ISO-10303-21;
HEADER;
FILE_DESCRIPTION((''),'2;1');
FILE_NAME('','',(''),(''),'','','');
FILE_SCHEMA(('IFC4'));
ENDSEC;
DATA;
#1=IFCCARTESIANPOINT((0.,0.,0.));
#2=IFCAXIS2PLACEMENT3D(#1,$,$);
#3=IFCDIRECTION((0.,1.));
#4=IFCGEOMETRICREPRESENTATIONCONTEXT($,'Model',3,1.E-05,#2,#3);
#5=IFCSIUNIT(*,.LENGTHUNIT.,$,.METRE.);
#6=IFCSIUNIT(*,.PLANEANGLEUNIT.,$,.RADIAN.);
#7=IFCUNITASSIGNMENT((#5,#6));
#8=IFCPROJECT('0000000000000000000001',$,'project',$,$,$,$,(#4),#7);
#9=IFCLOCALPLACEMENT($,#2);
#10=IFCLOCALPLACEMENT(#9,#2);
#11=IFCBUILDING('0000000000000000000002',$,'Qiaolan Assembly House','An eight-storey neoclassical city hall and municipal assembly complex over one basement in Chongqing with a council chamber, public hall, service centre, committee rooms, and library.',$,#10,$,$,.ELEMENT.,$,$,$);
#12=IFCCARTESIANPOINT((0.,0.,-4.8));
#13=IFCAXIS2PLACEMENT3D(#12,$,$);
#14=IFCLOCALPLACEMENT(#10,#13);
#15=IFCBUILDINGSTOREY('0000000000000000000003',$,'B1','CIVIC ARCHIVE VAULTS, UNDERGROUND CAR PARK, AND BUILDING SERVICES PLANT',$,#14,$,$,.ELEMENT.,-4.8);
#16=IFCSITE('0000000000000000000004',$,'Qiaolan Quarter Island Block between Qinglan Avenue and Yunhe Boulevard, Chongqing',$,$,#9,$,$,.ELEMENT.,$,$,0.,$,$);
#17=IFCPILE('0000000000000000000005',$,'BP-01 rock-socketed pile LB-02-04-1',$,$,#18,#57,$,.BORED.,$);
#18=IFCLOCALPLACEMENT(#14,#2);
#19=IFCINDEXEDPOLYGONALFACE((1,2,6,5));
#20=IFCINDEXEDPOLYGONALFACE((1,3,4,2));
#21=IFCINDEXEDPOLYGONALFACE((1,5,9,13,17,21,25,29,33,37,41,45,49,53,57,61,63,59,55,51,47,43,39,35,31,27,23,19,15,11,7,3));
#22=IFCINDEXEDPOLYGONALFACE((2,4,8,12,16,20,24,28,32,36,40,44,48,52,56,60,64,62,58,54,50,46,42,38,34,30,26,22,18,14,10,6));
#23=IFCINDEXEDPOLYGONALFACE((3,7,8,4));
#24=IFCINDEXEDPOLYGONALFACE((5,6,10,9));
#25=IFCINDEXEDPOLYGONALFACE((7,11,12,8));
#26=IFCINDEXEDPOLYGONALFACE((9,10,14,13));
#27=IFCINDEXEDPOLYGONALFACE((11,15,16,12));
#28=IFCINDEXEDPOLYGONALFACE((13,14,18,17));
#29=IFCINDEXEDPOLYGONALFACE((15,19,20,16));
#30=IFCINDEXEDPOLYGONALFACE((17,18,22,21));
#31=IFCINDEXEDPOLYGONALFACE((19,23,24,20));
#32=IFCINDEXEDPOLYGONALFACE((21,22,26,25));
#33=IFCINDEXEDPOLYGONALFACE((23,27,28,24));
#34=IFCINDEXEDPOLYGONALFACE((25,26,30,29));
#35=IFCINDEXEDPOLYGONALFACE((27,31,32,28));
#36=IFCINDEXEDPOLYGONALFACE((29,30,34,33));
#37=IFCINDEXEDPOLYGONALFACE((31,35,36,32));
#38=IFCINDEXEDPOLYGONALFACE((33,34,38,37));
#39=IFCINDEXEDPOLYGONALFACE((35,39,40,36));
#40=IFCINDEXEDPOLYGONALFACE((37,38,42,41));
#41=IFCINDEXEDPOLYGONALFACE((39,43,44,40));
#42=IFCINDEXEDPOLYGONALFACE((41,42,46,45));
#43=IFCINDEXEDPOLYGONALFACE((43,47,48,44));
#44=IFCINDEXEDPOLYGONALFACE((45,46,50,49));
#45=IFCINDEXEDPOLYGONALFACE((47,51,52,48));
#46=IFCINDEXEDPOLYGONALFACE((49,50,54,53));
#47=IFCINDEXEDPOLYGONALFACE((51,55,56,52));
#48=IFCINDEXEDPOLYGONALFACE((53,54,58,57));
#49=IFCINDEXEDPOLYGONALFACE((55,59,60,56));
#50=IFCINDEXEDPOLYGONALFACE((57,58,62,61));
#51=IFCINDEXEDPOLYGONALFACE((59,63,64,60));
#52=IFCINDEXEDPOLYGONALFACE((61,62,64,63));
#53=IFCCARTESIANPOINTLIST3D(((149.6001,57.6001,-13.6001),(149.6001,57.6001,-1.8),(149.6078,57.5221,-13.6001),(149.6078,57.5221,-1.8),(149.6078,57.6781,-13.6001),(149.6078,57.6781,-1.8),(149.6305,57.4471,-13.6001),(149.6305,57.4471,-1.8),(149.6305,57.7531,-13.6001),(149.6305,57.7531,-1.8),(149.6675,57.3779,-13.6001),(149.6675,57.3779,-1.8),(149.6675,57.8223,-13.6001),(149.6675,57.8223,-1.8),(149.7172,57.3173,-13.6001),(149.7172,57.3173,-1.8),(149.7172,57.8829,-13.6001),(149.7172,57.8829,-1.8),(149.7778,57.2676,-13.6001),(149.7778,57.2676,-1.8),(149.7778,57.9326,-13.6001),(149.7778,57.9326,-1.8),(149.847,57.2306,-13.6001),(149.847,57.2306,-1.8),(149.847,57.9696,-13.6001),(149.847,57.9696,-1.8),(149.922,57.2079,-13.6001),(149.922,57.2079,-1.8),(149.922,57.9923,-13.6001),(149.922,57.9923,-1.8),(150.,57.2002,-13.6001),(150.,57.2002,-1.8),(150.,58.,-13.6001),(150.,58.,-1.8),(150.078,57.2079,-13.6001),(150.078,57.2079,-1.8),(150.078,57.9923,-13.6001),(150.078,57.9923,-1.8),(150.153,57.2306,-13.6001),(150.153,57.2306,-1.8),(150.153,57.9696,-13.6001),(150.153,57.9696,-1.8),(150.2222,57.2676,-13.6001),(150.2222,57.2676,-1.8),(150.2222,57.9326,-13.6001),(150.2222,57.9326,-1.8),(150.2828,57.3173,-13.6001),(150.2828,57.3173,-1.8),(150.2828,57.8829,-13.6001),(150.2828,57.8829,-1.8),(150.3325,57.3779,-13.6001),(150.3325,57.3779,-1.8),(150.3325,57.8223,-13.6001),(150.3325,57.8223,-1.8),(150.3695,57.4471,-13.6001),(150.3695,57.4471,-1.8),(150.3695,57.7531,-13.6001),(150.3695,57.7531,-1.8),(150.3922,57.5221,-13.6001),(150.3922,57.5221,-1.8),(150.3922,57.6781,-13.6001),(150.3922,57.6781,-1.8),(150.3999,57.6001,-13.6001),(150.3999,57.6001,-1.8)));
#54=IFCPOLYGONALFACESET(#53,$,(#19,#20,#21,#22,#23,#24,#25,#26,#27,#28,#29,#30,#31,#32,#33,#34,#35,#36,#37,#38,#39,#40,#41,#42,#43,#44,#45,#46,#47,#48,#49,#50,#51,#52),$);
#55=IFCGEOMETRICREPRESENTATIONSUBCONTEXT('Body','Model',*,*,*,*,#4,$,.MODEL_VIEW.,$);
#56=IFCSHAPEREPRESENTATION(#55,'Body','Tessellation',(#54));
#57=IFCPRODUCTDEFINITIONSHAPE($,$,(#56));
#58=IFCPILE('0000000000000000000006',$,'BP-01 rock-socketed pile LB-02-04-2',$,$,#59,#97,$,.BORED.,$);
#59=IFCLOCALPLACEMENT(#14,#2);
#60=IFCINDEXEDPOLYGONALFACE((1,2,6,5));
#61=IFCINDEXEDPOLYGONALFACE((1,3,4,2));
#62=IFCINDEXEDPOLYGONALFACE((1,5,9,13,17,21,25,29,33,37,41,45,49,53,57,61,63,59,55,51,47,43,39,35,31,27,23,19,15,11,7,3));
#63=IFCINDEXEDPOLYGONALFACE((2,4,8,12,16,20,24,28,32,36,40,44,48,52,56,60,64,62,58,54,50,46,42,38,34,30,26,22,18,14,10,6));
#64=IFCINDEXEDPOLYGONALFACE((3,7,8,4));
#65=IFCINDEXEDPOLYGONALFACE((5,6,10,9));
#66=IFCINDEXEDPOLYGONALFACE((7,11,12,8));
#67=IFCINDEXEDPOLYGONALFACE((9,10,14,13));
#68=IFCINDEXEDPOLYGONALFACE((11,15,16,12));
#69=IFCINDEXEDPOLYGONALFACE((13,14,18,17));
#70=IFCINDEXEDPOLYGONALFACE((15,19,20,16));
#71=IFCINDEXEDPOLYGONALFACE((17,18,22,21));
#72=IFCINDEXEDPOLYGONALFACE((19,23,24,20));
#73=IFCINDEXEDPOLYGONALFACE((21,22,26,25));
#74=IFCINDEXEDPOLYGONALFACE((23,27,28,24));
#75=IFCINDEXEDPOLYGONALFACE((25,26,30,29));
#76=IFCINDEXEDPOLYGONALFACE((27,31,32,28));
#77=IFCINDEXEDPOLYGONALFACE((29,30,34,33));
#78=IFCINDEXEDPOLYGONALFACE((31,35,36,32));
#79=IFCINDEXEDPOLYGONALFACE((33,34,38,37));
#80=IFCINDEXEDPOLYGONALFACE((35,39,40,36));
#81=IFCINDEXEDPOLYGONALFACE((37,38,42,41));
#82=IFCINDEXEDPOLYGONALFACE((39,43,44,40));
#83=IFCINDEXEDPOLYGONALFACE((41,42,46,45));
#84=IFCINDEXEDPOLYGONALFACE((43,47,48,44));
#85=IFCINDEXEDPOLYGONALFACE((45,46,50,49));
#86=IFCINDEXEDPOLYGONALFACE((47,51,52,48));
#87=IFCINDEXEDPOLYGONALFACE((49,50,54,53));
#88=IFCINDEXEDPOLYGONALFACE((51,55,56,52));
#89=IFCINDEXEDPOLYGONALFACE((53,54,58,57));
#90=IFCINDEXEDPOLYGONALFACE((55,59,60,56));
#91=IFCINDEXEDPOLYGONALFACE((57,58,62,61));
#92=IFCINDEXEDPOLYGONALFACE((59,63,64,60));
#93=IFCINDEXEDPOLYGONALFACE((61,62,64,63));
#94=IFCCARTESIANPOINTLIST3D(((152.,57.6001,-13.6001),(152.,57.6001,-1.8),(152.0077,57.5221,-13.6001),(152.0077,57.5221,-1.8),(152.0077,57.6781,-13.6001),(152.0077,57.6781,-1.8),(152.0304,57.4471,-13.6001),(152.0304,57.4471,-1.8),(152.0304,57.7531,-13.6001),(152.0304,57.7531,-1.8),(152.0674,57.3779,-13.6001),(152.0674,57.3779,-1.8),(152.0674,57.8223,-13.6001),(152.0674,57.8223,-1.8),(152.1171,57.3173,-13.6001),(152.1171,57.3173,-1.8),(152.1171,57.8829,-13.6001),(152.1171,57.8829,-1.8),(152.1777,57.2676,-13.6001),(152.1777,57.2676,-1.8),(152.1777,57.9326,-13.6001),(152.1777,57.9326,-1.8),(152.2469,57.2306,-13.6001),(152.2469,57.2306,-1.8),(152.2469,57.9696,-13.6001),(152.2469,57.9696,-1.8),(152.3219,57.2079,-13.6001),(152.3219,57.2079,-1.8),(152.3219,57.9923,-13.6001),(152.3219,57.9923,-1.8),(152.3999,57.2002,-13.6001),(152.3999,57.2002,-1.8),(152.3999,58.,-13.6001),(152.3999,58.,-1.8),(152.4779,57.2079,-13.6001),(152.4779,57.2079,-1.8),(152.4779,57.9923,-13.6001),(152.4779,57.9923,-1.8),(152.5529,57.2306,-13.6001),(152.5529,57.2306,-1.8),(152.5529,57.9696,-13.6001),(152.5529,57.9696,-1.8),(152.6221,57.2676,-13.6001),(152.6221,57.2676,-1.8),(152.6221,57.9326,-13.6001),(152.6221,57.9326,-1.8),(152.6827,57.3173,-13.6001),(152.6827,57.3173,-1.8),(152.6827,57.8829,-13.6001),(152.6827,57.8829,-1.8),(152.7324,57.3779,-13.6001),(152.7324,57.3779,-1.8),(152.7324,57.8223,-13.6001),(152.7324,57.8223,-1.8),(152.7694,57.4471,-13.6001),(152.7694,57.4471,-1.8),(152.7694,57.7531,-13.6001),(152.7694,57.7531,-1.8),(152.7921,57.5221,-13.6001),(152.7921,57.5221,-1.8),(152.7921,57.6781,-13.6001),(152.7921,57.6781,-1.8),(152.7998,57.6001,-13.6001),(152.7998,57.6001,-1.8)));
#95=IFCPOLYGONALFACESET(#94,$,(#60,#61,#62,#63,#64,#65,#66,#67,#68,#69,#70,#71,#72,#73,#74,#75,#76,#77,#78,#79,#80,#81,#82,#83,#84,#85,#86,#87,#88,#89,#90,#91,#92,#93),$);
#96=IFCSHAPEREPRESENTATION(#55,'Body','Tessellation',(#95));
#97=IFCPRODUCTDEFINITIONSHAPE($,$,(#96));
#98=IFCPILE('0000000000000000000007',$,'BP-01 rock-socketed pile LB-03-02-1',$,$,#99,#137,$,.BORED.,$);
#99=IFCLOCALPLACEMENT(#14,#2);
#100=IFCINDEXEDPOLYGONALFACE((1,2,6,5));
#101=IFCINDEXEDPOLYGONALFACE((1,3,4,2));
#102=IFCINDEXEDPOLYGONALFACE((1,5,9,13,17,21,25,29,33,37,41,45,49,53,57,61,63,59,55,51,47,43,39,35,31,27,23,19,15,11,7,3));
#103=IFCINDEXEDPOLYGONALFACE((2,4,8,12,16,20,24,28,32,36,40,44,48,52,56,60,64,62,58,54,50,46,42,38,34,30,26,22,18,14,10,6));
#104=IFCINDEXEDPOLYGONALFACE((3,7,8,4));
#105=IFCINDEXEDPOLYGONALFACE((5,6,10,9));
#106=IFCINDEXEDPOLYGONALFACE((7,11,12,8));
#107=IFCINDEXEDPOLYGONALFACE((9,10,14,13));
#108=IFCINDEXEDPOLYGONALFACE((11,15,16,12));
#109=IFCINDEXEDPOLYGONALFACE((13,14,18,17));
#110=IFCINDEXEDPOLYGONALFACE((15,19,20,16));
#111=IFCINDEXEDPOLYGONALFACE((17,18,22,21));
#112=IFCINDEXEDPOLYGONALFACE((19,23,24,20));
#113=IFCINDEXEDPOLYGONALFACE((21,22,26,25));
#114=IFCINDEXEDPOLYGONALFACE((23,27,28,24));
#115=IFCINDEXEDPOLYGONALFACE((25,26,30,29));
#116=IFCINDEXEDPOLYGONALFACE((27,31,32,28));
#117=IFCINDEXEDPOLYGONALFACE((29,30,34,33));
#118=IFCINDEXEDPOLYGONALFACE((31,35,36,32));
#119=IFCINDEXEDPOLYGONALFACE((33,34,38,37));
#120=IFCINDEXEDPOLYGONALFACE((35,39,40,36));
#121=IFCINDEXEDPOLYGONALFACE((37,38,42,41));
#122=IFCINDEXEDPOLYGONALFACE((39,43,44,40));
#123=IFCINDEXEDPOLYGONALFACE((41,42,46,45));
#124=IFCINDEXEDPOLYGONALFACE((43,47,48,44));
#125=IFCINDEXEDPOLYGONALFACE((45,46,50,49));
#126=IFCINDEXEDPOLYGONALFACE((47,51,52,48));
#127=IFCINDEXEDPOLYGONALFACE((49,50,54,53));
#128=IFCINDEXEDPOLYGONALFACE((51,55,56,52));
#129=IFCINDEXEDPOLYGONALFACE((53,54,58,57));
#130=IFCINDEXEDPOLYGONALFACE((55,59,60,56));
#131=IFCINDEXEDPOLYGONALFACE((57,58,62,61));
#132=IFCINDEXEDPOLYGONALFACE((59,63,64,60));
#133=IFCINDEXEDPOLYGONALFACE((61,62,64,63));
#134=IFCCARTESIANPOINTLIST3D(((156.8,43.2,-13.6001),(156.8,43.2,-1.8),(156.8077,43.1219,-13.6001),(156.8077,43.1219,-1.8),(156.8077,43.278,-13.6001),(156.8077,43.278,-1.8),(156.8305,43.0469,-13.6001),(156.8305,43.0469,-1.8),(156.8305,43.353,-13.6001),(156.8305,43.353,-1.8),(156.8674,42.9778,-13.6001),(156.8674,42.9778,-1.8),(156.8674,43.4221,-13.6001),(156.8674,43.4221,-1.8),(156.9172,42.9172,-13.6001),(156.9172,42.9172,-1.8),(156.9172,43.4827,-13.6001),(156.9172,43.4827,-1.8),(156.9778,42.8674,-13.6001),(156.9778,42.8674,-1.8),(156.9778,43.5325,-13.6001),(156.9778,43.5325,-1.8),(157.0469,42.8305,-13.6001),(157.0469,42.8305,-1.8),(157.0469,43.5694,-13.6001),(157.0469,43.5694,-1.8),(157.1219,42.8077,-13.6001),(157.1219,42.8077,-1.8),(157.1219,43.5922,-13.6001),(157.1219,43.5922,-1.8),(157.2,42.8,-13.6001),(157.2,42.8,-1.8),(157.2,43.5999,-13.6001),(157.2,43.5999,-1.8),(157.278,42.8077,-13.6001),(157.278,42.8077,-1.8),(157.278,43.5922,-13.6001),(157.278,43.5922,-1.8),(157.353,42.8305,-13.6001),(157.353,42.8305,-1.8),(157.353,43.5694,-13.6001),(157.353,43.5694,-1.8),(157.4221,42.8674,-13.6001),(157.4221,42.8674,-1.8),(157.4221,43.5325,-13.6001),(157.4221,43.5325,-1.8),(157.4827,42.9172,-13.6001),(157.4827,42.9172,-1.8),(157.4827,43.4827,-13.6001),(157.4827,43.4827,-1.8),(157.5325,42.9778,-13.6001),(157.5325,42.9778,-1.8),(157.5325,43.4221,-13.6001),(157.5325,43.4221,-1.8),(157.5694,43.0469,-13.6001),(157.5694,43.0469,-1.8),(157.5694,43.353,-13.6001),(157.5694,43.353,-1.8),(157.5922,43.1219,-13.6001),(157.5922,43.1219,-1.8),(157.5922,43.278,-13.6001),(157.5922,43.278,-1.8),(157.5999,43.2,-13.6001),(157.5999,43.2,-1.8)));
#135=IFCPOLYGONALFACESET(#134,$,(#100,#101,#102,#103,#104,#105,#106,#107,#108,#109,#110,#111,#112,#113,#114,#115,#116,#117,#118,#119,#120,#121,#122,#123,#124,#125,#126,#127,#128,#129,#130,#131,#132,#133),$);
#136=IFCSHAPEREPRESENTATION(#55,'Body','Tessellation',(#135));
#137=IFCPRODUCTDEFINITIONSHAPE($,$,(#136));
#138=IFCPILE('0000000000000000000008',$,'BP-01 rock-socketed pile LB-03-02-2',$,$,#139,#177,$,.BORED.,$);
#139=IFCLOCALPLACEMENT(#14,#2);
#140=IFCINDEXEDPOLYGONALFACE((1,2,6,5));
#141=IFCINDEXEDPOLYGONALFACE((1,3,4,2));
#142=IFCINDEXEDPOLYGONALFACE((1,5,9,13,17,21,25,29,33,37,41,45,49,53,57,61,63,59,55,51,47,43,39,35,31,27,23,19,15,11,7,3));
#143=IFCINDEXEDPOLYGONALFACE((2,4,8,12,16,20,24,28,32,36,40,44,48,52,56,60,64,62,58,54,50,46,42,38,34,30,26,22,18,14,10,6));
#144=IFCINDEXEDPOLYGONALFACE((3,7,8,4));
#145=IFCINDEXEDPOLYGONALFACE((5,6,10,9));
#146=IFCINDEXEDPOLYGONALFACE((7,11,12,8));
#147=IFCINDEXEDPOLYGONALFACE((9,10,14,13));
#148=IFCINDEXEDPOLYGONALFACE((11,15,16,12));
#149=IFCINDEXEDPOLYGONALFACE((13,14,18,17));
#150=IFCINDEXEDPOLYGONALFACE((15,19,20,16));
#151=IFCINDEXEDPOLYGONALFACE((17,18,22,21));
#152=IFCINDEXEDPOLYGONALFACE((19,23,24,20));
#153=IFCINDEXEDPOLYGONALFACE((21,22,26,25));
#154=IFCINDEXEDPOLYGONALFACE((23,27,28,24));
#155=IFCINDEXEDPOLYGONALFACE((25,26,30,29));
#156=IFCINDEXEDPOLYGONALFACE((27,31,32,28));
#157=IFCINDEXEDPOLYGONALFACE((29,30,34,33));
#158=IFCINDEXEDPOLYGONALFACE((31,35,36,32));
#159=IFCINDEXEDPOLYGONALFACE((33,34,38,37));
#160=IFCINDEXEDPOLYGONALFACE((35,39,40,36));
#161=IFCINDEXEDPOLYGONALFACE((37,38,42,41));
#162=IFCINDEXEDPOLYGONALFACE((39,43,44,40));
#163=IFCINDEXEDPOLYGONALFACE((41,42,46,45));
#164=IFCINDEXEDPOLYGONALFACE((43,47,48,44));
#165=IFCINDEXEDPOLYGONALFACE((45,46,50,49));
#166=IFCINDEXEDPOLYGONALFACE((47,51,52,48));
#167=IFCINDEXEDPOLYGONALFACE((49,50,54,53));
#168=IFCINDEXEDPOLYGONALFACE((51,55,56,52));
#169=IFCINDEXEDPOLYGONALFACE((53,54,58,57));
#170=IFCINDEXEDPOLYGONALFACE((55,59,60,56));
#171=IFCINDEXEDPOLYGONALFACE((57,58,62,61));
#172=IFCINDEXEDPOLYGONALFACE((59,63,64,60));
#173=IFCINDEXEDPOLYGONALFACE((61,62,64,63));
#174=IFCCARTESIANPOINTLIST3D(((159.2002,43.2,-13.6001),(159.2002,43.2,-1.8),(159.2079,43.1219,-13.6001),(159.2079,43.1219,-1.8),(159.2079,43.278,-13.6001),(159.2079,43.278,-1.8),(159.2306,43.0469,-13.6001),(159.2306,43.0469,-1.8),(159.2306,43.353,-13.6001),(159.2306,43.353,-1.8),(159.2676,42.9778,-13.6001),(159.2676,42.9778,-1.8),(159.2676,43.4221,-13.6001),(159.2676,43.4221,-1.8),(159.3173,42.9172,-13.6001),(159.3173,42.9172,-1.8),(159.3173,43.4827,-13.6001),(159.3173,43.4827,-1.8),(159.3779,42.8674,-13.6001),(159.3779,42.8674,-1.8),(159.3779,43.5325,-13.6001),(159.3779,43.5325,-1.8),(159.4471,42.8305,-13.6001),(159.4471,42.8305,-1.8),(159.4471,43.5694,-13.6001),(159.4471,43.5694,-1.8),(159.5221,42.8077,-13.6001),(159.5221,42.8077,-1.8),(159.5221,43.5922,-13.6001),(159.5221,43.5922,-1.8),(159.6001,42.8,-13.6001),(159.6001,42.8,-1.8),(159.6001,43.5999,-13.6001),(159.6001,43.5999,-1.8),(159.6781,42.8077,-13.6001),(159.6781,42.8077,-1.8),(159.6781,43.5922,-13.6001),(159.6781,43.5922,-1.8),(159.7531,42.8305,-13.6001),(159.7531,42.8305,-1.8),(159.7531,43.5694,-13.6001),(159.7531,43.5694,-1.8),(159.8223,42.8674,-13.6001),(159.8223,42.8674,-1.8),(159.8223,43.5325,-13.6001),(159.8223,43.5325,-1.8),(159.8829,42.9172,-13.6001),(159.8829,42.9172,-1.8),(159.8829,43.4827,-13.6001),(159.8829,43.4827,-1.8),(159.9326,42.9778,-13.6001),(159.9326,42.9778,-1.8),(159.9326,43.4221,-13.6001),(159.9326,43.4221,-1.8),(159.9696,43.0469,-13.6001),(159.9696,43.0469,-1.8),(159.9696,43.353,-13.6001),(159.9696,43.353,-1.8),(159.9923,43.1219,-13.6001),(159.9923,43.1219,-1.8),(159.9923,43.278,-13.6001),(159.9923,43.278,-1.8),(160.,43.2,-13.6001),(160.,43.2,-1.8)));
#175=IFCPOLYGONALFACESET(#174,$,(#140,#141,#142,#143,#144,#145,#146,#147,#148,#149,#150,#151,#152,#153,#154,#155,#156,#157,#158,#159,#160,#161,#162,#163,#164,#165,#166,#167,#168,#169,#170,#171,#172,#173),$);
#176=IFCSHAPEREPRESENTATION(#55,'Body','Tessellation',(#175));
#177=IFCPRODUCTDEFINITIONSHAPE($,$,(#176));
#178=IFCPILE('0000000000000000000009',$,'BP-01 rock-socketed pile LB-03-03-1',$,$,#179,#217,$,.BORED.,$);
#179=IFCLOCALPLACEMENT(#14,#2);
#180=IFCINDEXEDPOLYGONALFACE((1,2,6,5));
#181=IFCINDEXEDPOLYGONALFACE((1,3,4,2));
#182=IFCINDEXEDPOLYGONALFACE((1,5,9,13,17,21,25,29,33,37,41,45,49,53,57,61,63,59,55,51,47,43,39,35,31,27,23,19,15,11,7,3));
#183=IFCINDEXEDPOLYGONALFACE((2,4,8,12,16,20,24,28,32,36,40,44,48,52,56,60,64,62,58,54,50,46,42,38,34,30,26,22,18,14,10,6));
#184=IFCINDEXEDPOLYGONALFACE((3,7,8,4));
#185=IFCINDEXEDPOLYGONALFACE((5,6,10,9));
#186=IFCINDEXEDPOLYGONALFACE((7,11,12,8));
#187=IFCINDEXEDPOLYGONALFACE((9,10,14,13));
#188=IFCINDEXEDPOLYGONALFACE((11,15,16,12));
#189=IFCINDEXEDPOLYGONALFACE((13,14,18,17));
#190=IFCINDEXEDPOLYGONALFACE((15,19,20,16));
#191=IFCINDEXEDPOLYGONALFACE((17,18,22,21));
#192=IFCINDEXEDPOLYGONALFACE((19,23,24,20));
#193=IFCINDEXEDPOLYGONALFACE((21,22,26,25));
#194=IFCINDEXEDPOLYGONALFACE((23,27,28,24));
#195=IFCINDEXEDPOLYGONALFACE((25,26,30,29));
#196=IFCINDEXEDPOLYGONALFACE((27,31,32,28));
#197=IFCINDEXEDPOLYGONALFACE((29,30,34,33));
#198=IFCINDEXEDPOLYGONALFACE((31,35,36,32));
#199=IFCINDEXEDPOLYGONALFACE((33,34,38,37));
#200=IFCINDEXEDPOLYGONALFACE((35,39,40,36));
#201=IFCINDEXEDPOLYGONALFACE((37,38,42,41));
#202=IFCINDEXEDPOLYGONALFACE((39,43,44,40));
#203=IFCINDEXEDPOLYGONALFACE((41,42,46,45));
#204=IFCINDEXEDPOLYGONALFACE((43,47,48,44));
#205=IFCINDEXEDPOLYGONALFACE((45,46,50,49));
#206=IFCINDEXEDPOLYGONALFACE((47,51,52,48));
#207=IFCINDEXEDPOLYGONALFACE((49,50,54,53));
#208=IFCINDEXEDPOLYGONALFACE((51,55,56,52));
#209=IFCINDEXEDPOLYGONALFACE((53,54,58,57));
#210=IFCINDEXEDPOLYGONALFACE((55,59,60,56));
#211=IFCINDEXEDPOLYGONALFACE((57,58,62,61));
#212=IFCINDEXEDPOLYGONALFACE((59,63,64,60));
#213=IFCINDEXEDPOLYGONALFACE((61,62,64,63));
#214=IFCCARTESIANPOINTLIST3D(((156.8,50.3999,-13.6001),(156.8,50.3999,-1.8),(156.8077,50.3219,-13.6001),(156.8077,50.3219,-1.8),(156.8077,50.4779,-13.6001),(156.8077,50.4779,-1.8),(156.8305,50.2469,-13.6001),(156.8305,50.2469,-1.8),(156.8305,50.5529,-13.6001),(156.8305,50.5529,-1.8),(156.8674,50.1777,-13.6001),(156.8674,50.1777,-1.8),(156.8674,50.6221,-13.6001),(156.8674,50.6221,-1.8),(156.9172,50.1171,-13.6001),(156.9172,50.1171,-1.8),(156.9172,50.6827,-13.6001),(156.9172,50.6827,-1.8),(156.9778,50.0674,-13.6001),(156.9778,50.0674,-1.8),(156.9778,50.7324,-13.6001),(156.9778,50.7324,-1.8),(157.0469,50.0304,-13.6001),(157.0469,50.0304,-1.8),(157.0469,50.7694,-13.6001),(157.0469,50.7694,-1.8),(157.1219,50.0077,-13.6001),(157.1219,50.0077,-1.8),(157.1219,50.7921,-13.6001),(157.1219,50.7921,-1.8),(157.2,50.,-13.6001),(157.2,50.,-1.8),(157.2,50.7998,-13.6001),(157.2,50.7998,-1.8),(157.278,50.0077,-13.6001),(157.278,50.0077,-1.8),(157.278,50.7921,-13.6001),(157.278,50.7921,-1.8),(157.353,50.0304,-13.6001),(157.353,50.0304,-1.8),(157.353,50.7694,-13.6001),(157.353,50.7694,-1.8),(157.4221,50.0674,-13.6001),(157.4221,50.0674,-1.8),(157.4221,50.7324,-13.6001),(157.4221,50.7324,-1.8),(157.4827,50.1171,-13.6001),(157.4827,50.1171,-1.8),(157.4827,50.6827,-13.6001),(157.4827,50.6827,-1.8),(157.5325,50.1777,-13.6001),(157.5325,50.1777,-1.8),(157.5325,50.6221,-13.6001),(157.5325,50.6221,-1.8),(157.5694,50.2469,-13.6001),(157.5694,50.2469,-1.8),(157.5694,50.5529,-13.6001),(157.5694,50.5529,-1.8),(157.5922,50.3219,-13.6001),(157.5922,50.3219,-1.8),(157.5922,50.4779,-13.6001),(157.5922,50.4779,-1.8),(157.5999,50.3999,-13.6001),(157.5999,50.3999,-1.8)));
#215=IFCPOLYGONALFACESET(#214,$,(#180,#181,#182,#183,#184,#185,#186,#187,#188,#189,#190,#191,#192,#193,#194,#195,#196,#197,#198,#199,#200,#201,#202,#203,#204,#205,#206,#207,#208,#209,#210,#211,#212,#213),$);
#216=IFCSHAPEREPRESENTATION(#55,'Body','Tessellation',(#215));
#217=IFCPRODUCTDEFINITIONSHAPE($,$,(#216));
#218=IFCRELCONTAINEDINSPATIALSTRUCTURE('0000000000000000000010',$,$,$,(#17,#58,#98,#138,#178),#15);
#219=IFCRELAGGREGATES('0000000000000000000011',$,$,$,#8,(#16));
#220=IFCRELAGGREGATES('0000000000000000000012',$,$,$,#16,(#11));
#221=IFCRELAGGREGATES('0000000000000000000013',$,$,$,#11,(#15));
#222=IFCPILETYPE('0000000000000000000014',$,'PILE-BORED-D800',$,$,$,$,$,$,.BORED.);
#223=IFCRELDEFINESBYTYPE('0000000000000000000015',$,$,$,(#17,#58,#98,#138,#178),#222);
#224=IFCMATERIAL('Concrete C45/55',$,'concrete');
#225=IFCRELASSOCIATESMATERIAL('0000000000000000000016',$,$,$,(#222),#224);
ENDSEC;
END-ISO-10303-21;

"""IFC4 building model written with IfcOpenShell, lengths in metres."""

from ifc_helpers import new_model, si_unit, direction, frame, origin, origin_2d, place, context, subcontext, project, spatial, circle, extrude, material, material_profile, profile_set, type_object, element, save


model = new_model("IFC4")

# Units and contexts
model_context = context("Model", 3, precision=1e-05, world=origin(), true_north=direction((0.0, 1.0)))
body_context = subcontext(model_context, "Body", "Model", "MODEL_VIEW")
ifc_project = project(units=[si_unit("LENGTHUNIT", "METRE"), si_unit("PLANEANGLEUNIT", "RADIAN")], contexts=[model_context])

# Site, building, storey
site_placement = place(None, origin())
site = spatial("IfcSite", under=ifc_project, at=site_placement, Name="Qiaolan Quarter Island Block between Qinglan Avenue and Yunhe Boulevard, Chongqing", CompositionType="ELEMENT", RefElevation=0.0)
building_placement = place(site_placement, origin())
building = spatial("IfcBuilding", under=site, at=building_placement, Name="Qiaolan Assembly House", Description="An eight-storey neoclassical city hall and municipal assembly complex over one basement in Chongqing with a council chamber, public hall, service centre, committee rooms, and library.", CompositionType="ELEMENT")
storey_placement = place(building_placement, frame((0.0, 0.0, -4.8)))
storey = spatial("IfcBuildingStorey", under=building, at=storey_placement, Name="B1", Description="CIVIC ARCHIVE VAULTS, UNDERGROUND CAR PARK, AND BUILDING SERVICES PLANT", CompositionType="ELEMENT", Elevation=-4.8)

# Piles
ifc_material_1 = material(Name="Concrete C45/55", Category="concrete")
ifc_material_profile_1 = material_profile(ifc_material_1, circle(Radius=0.3999, at=origin_2d()), Name="PILE D800")
ifc_profile_set_1 = profile_set([ifc_material_profile_1], Name="Concrete C45/55")
pile_type = type_object("IfcPileType", Name="PILE-BORED-D800", PredefinedType="BORED", material=ifc_profile_set_1)
for number, where, z_axis, x_axis, name in (
    (1, (150.0, 57.6001, -1.8), (0.0, 0.0, -1.0), (1.0, 0.0, 0.0), "BP-01 rock-socketed pile LB-02-04-1"),
    (2, (152.3999, 57.6001, -1.8), (0.0, 0.0, -1.0), (1.0, 0.0, 0.0), "BP-01 rock-socketed pile LB-02-04-2"),
    (3, (157.2, 43.2, -1.8), (0.0, 0.0, -1.0), (1.0, 0.0, 0.0), "BP-01 rock-socketed pile LB-03-02-1"),
    (4, (159.6001, 43.2, -1.8), (0.0, 0.0, -1.0), (1.0, 0.0, 0.0), "BP-01 rock-socketed pile LB-03-02-2"),
    (5, (157.2, 50.3999, -1.8), (0.0, 0.0, -1.0), (1.0, 0.0, 0.0), "BP-01 rock-socketed pile LB-03-03-1"),
):
    element("IfcPile", number, at=place(storey_placement, frame(where, z_axis=z_axis, x_axis=x_axis)), inside=storey, type_object=pile_type, Name=name, PredefinedType="BORED", context=body_context, shape_type="SweptSolid", body=[
        extrude(circle(Radius=0.3999, at=origin_2d()), origin(), (0.0, 0.0, 1.0), 11.8),
    ])

save(model, "model.ifc")
